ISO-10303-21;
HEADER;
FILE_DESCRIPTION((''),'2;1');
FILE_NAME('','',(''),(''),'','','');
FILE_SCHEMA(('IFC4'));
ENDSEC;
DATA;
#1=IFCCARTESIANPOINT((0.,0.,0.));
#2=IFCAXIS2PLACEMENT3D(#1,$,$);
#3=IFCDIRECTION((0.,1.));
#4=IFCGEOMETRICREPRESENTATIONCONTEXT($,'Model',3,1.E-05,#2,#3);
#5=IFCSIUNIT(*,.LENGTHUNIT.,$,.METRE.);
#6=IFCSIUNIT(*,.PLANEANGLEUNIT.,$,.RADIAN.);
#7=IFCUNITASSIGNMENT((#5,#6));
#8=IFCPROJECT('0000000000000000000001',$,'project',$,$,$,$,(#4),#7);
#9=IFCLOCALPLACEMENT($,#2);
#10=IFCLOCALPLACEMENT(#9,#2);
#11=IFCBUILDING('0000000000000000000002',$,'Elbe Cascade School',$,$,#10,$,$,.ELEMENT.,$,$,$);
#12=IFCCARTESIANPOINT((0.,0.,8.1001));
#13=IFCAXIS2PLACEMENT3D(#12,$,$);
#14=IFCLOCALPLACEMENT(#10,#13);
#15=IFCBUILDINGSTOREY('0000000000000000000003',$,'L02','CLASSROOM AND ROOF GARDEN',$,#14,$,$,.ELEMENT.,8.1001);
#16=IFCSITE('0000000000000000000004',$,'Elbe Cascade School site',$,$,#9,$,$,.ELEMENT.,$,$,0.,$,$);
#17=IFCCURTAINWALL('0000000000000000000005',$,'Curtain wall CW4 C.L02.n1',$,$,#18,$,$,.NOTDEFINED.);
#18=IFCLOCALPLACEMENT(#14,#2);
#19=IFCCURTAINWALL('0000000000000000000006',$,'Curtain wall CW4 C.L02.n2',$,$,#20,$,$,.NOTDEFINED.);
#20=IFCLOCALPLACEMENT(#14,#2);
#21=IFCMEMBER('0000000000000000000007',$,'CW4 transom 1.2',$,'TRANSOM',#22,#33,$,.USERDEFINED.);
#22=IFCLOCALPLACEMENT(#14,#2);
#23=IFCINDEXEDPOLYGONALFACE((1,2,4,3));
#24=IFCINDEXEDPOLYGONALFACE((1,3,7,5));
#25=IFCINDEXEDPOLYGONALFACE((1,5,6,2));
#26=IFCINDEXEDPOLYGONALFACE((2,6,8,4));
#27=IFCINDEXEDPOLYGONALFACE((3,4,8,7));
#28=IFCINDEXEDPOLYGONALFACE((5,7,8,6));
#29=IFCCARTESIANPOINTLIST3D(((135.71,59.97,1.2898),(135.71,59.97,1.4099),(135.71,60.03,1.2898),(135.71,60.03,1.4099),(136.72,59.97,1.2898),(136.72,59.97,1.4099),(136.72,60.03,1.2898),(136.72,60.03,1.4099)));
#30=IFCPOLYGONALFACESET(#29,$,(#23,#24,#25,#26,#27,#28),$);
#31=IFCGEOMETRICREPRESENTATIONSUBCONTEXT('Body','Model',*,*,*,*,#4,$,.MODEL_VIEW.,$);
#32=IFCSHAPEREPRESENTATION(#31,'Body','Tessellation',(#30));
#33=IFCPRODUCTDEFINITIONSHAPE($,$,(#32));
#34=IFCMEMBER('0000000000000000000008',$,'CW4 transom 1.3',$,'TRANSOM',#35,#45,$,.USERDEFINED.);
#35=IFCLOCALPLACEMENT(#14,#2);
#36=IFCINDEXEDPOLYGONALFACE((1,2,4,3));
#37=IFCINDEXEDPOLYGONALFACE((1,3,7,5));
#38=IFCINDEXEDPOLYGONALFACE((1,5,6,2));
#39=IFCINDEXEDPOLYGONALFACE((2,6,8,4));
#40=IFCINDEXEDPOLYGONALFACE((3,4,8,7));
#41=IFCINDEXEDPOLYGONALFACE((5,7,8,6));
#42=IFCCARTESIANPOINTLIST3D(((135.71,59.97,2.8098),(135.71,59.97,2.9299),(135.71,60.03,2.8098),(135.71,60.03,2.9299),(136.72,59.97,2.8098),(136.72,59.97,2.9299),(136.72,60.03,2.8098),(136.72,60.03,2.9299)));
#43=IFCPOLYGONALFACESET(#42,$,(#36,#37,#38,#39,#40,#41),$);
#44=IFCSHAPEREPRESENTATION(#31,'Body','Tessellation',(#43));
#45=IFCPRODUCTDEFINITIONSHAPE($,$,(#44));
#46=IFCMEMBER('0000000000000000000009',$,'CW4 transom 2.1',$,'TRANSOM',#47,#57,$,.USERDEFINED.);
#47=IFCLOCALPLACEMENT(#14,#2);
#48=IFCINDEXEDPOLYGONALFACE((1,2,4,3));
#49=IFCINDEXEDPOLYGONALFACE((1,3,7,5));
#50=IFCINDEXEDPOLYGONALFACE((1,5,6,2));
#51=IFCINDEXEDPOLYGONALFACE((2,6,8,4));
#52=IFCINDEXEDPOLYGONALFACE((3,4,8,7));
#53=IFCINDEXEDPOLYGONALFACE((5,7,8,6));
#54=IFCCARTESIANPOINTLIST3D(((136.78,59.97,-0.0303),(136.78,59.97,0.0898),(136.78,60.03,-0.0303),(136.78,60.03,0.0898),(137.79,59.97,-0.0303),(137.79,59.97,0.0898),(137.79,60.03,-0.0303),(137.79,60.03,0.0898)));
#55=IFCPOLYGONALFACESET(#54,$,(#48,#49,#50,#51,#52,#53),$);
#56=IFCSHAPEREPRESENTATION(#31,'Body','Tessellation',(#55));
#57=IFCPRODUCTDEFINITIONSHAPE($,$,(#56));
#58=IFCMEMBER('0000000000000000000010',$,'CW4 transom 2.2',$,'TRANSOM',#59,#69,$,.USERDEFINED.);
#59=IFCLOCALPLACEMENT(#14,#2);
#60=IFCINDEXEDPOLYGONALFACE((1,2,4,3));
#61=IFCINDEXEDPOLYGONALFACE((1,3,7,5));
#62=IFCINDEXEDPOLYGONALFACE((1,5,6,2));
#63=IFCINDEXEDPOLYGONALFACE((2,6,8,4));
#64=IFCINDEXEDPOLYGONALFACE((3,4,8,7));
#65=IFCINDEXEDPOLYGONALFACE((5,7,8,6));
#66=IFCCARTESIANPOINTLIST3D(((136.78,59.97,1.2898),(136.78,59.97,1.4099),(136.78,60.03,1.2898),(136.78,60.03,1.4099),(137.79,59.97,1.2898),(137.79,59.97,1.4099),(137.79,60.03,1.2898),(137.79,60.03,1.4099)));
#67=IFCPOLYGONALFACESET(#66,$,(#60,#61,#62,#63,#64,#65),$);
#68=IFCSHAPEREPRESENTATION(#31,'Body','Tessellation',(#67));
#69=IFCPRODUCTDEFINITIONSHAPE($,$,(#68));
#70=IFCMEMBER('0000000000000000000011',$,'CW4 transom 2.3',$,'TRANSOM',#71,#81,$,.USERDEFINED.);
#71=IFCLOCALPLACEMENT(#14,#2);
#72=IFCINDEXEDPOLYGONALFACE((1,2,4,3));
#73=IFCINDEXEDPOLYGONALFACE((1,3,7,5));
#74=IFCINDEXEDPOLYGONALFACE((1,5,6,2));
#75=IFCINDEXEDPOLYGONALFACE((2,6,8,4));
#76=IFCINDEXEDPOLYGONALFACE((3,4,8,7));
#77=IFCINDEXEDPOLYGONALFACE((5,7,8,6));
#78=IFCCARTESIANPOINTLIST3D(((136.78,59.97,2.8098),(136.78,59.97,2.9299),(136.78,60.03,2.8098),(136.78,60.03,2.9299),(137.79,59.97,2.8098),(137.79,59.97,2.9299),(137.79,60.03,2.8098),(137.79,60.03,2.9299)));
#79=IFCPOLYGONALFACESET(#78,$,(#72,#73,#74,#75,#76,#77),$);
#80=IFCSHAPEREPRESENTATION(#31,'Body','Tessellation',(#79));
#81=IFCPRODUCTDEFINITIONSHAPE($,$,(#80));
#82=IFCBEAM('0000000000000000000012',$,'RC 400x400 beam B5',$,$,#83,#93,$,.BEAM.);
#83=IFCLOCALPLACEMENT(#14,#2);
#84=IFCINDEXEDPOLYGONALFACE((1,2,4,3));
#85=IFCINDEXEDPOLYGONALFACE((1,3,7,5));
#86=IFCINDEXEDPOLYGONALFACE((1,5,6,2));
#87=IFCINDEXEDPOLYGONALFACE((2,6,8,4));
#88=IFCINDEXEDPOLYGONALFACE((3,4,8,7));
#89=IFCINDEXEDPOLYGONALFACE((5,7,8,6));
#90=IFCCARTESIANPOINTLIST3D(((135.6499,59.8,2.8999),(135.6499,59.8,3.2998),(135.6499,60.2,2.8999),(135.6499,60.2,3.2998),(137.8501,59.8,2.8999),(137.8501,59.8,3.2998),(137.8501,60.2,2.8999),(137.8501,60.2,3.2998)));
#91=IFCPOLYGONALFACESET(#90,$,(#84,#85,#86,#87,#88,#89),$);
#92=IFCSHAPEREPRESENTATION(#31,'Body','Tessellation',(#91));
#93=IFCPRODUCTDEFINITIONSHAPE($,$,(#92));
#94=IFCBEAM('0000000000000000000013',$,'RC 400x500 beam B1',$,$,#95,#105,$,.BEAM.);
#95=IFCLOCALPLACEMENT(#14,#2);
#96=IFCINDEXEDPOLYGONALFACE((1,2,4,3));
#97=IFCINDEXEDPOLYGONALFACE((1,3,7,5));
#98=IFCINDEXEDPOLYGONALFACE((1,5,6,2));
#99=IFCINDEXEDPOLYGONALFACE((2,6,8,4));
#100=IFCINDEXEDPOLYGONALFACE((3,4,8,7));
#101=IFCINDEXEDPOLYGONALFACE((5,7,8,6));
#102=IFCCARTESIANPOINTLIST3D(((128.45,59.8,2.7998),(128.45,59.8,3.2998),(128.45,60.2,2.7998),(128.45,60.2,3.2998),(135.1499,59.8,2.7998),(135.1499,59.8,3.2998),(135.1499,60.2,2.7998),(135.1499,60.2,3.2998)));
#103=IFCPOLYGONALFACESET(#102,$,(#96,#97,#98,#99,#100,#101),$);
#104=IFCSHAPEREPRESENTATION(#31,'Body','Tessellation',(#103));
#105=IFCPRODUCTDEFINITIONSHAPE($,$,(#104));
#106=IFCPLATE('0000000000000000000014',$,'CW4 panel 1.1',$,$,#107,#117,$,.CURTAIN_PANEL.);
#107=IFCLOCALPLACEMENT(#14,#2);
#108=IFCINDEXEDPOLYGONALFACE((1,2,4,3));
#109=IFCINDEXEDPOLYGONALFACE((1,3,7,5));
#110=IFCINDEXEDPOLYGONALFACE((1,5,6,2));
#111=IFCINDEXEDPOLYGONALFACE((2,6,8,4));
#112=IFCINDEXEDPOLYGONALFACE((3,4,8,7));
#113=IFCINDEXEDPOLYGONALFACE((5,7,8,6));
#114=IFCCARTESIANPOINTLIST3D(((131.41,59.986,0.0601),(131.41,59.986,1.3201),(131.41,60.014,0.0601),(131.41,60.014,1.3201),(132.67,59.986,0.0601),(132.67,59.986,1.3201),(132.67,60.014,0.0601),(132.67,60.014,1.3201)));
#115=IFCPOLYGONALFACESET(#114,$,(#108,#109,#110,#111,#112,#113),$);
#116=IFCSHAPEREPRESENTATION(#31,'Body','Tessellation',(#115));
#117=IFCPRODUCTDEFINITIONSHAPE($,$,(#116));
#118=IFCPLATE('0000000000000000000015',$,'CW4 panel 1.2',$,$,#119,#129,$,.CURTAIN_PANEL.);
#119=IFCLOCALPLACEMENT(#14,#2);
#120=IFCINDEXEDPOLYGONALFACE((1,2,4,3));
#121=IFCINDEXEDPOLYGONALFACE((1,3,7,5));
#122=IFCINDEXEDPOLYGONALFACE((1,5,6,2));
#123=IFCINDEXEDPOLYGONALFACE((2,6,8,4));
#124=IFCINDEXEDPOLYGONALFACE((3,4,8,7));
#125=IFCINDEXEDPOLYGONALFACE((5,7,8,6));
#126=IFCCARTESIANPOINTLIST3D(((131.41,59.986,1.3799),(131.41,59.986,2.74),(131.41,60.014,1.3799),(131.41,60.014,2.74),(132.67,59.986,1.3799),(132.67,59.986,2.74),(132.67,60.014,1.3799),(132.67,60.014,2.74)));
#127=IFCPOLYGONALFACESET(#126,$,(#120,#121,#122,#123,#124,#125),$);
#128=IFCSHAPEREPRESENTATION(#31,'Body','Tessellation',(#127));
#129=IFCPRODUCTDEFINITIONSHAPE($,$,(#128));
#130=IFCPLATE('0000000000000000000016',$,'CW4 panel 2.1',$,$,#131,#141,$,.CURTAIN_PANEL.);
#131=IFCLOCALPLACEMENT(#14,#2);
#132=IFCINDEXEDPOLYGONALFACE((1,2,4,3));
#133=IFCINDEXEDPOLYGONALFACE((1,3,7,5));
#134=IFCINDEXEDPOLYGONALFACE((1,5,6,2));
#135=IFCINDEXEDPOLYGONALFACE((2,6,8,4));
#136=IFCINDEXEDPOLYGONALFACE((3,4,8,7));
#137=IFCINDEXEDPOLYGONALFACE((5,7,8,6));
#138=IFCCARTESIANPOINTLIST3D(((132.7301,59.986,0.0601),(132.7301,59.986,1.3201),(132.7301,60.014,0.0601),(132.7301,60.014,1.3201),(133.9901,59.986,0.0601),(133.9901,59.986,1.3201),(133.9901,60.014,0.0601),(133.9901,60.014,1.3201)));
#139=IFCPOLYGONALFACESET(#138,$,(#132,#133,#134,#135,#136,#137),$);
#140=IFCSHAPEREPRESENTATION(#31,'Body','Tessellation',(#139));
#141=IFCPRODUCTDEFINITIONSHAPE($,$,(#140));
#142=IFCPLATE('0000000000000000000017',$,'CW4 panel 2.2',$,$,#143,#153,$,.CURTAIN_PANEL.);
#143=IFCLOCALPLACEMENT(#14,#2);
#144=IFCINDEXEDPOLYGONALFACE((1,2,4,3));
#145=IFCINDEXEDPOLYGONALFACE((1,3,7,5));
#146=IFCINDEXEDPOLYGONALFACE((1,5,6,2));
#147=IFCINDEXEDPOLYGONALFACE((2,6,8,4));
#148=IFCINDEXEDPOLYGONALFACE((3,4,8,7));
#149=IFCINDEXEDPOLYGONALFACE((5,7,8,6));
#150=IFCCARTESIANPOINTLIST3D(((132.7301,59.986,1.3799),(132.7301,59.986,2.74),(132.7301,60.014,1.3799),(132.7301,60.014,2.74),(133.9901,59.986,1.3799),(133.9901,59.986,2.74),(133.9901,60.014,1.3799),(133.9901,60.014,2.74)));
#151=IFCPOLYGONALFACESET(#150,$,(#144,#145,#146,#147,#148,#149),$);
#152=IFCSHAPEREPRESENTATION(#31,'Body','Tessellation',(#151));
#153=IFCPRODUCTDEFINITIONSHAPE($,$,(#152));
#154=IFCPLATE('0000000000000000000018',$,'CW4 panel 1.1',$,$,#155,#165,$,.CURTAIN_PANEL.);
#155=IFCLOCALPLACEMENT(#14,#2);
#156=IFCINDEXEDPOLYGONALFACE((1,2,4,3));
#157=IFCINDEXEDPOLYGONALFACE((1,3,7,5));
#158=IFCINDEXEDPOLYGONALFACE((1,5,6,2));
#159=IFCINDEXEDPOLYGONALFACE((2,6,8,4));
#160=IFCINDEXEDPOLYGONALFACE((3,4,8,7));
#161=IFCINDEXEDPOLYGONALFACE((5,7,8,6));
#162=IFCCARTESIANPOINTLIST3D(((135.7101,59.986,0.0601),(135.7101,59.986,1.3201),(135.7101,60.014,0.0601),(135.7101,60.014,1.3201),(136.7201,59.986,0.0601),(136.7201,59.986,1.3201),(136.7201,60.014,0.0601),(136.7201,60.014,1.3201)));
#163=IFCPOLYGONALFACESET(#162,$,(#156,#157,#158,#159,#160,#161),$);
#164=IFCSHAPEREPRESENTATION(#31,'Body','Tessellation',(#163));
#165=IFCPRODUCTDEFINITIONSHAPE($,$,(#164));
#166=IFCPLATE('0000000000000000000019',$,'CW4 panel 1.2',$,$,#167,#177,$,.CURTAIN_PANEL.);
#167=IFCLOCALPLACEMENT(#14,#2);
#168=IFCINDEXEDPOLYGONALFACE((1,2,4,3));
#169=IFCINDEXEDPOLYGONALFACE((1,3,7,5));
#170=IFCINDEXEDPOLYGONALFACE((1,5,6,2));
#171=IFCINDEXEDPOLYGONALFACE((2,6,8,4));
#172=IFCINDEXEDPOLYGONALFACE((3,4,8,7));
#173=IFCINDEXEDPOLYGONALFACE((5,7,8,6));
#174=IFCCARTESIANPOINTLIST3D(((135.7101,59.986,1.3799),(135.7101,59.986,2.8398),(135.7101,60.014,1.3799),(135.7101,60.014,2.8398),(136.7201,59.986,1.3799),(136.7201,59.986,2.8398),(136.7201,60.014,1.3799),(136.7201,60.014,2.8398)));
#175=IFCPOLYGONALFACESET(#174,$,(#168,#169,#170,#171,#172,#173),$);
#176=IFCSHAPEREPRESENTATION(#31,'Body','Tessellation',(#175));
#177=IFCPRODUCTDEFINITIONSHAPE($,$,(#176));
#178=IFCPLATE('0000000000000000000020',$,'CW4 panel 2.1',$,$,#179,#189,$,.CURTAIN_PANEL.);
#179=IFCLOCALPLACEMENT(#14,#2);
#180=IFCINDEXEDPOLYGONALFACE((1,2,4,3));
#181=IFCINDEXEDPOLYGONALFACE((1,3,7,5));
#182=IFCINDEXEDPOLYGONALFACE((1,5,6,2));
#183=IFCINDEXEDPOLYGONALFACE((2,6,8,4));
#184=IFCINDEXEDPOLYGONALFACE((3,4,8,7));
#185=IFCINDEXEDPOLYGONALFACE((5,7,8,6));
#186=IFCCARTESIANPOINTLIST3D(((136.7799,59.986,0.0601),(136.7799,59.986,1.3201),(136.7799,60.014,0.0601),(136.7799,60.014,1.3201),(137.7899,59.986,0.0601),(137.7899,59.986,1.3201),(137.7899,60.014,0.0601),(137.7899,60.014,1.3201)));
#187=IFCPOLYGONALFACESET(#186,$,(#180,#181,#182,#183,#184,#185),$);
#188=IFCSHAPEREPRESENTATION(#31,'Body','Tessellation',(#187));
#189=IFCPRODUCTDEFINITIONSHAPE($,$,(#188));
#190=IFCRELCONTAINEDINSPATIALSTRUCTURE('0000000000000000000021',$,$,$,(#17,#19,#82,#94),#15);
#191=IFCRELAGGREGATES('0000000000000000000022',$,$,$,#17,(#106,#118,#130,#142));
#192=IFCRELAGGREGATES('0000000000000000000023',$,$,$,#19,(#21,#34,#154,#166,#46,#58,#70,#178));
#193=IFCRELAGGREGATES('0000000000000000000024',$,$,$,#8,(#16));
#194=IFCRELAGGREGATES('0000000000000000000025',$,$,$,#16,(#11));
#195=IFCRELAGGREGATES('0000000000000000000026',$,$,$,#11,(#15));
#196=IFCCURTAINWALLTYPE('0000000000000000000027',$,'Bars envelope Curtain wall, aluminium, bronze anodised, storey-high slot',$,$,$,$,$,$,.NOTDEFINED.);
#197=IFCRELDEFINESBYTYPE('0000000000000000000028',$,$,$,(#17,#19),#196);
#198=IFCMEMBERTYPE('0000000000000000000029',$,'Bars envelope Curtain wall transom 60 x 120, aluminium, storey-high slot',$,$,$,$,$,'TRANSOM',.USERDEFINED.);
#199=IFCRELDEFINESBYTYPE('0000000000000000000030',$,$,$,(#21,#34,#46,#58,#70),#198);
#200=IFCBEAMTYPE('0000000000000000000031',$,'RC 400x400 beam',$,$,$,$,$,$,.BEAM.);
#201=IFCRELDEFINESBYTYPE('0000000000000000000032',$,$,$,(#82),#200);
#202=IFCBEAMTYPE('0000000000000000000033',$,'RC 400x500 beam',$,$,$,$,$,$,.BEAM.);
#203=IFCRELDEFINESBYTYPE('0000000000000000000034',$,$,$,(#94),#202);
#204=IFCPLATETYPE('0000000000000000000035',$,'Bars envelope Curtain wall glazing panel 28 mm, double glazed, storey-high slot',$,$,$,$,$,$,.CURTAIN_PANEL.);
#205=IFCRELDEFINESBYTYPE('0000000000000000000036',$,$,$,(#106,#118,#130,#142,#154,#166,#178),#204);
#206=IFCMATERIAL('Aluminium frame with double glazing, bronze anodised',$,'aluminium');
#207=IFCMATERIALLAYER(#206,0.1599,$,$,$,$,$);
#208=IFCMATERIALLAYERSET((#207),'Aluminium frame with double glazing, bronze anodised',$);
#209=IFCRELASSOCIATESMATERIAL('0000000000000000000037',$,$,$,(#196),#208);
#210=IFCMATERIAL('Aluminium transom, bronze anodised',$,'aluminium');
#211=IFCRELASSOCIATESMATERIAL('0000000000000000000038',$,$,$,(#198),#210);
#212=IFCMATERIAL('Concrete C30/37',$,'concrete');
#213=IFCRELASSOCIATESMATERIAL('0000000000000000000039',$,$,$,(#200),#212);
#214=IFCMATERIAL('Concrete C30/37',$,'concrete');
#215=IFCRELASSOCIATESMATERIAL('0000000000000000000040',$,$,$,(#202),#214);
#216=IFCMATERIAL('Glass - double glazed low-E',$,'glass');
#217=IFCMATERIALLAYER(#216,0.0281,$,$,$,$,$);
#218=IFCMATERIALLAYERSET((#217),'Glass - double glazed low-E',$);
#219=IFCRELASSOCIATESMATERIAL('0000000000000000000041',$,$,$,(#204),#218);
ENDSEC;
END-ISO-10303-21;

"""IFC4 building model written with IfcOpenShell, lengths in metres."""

from ifc_helpers import new_model, si_unit, direction, frame, origin, origin_2d, place, context, subcontext, project, spatial, rectangle, extrude, material, layer, layer_set, material_profile, profile_set, type_object, element, aggregate, save


model = new_model("IFC4")

# Units and contexts
model_context = context("Model", 3, precision=1e-05, world=origin(), true_north=direction((0.0, 1.0)))
body_context = subcontext(model_context, "Body", "Model", "MODEL_VIEW")
ifc_project = project(units=[si_unit("LENGTHUNIT", "METRE"), si_unit("PLANEANGLEUNIT", "RADIAN")], contexts=[model_context])

# Site, building, storey
site_placement = place(None, origin())
site = spatial("IfcSite", under=ifc_project, at=site_placement, Name="Elbe Cascade School site", CompositionType="ELEMENT", RefElevation=0.0)
building_placement = place(site_placement, origin())
building = spatial("IfcBuilding", under=site, at=building_placement, Name="Elbe Cascade School", CompositionType="ELEMENT")
storey_placement = place(building_placement, frame((0.0, 0.0, 8.1001)))
storey = spatial("IfcBuildingStorey", under=building, at=storey_placement, Name="L02", Description="CLASSROOM AND ROOF GARDEN", CompositionType="ELEMENT", Elevation=8.1001)

# Curtain walls
ifc_material_1 = material(Name="Aluminium frame with double glazing, bronze anodised", Category="aluminium")
ifc_layer_1 = layer(ifc_material_1, 0.1599)
ifc_layer_set_1 = layer_set([ifc_layer_1], Name="Aluminium frame with double glazing, bronze anodised")
curtain_wall_type = type_object("IfcCurtainWallType", Name="Bars envelope Curtain wall, aluminium, bronze anodised, storey-high slot", PredefinedType="NOTDEFINED", material=ifc_layer_set_1)
curtain_wall_1_placement = place(storey_placement, origin())
curtain_wall_1 = element("IfcCurtainWall", 1, at=curtain_wall_1_placement, inside=storey, type_object=curtain_wall_type, Name="Curtain wall CW4 C.L02.n1", PredefinedType="NOTDEFINED")
curtain_wall_2_placement = place(storey_placement, origin())
curtain_wall_2 = element("IfcCurtainWall", 2, at=curtain_wall_2_placement, inside=storey, type_object=curtain_wall_type, Name="Curtain wall CW4 C.L02.n2", PredefinedType="NOTDEFINED")

# Members
ifc_material_2 = material(Name="Aluminium transom, bronze anodised", Category="aluminium")
ifc_material_profile_1 = material_profile(ifc_material_2, rectangle(XDim=0.0601, YDim=0.1201, at=origin_2d()), Name="Bars envelope Curtain wall transom 60 x 120, aluminium, storey-high slot")
ifc_profile_set_1 = profile_set([ifc_material_profile_1], Name="Aluminium transom, bronze anodised")
member_type_1 = type_object("IfcMemberType", Name="Bars envelope Curtain wall transom 60 x 120, aluminium, storey-high slot", ElementType="TRANSOM", PredefinedType="USERDEFINED", material=ifc_profile_set_1)
member_1_placement = place(storey_placement, frame((135.71, 60.0, 1.3499), z_axis=(1.0, 0.0, 0.0), x_axis=(0.0, 1.0, 0.0)))
member_1 = element("IfcMember", 3, at=member_1_placement, type_object=member_type_1, Name="CW4 transom 1.2", ObjectType="TRANSOM", PredefinedType="USERDEFINED", context=body_context, shape_type="SweptSolid", body=[
    extrude(rectangle(XDim=0.0601, YDim=0.1201, at=origin_2d()), origin(), (0.0, 0.0, 1.0), 1.01),
])
member_2_placement = place(storey_placement, frame((135.71, 60.0, 2.8699), z_axis=(1.0, 0.0, 0.0), x_axis=(0.0, 1.0, 0.0)))
member_2 = element("IfcMember", 4, at=member_2_placement, type_object=member_type_1, Name="CW4 transom 1.3", ObjectType="TRANSOM", PredefinedType="USERDEFINED", context=body_context, shape_type="SweptSolid", body=[
    extrude(rectangle(XDim=0.0601, YDim=0.1201, at=origin_2d()), origin(), (0.0, 0.0, 1.0), 1.01),
])
member_3_placement = place(storey_placement, frame((136.78, 60.0, 0.0298), z_axis=(1.0, 0.0, 0.0), x_axis=(0.0, 1.0, 0.0)))
member_3 = element("IfcMember", 5, at=member_3_placement, type_object=member_type_1, Name="CW4 transom 2.1", ObjectType="TRANSOM", PredefinedType="USERDEFINED", context=body_context, shape_type="SweptSolid", body=[
    extrude(rectangle(XDim=0.0601, YDim=0.1201, at=origin_2d()), origin(), (0.0, 0.0, 1.0), 1.01),
])
member_4_placement = place(storey_placement, frame((136.78, 60.0, 1.3499), z_axis=(1.0, 0.0, 0.0), x_axis=(0.0, 1.0, 0.0)))
member_4 = element("IfcMember", 6, at=member_4_placement, type_object=member_type_1, Name="CW4 transom 2.2", ObjectType="TRANSOM", PredefinedType="USERDEFINED", context=body_context, shape_type="SweptSolid", body=[
    extrude(rectangle(XDim=0.0601, YDim=0.1201, at=origin_2d()), origin(), (0.0, 0.0, 1.0), 1.01),
])
member_5_placement = place(storey_placement, frame((136.78, 60.0, 2.8699), z_axis=(1.0, 0.0, 0.0), x_axis=(0.0, 1.0, 0.0)))
member_5 = element("IfcMember", 7, at=member_5_placement, type_object=member_type_1, Name="CW4 transom 2.3", ObjectType="TRANSOM", PredefinedType="USERDEFINED", context=body_context, shape_type="SweptSolid", body=[
    extrude(rectangle(XDim=0.0601, YDim=0.1201, at=origin_2d()), origin(), (0.0, 0.0, 1.0), 1.01),
])

# Beams
ifc_material_3 = material(Name="Concrete C30/37", Category="concrete")
ifc_material_profile_2 = material_profile(ifc_material_3, rectangle(XDim=0.3999, YDim=0.3999, at=origin_2d()), Name="RC 400x400")
ifc_profile_set_2 = profile_set([ifc_material_profile_2], Name="Concrete C30/37")
beam_type_1 = type_object("IfcBeamType", Name="RC 400x400 beam", PredefinedType="BEAM", material=ifc_profile_set_2)
beam_1_placement = place(storey_placement, frame((135.6499, 60.0, 3.0999), z_axis=(1.0, 0.0, 0.0), x_axis=(0.0, 1.0, 0.0)))
element("IfcBeam", 8, at=beam_1_placement, inside=storey, type_object=beam_type_1, Name="RC 400x400 beam B5", PredefinedType="BEAM", context=body_context, shape_type="SweptSolid", body=[
    extrude(rectangle(XDim=0.3999, YDim=0.3999, at=origin_2d()), origin(), (0.0, 0.0, 1.0), 2.2002),
])
ifc_material_4 = material(Name="Concrete C30/37", Category="concrete")
ifc_material_profile_3 = material_profile(ifc_material_4, rectangle(XDim=0.3999, YDim=0.5, at=origin_2d()), Name="RC 400x500")
ifc_profile_set_3 = profile_set([ifc_material_profile_3], Name="Concrete C30/37")
beam_type_2 = type_object("IfcBeamType", Name="RC 400x500 beam", PredefinedType="BEAM", material=ifc_profile_set_3)
beam_2_placement = place(storey_placement, frame((128.45, 60.0, 3.0498), z_axis=(1.0, 0.0, 0.0), x_axis=(0.0, 1.0, 0.0)))
element("IfcBeam", 9, at=beam_2_placement, inside=storey, type_object=beam_type_2, Name="RC 400x500 beam B1", PredefinedType="BEAM", context=body_context, shape_type="SweptSolid", body=[
    extrude(rectangle(XDim=0.3999, YDim=0.5, at=origin_2d()), origin(), (0.0, 0.0, 1.0), 6.7),
])

# Plates
ifc_material_5 = material(Name="Glass - double glazed low-E", Category="glass")
ifc_layer_2 = layer(ifc_material_5, 0.0281)
ifc_layer_set_2 = layer_set([ifc_layer_2], Name="Glass - double glazed low-E")
plate_type = type_object("IfcPlateType", Name="Bars envelope Curtain wall glazing panel 28 mm, double glazed, storey-high slot", PredefinedType="CURTAIN_PANEL", material=ifc_layer_set_2)
plate_1_placement = place(storey_placement, frame((132.04, 60.0, 0.0601), z_axis=(0.0, 0.0, 1.0), x_axis=(1.0, 0.0, 0.0)))
plate_1 = element("IfcPlate", 10, at=plate_1_placement, type_object=plate_type, Name="CW4 panel 1.1", PredefinedType="CURTAIN_PANEL", context=body_context, shape_type="SweptSolid", body=[
    extrude(rectangle(XDim=1.26, YDim=0.0281, at=origin_2d()), origin(), (0.0, 0.0, 1.0), 1.26),
])
plate_2_placement = place(storey_placement, frame((132.04, 60.0, 1.3799), z_axis=(0.0, 0.0, 1.0), x_axis=(1.0, 0.0, 0.0)))
plate_2 = element("IfcPlate", 11, at=plate_2_placement, type_object=plate_type, Name="CW4 panel 1.2", PredefinedType="CURTAIN_PANEL", context=body_context, shape_type="SweptSolid", body=[
    extrude(rectangle(XDim=1.26, YDim=0.0281, at=origin_2d()), origin(), (0.0, 0.0, 1.0), 1.3601),
])
plate_3_placement = place(storey_placement, frame((133.3601, 60.0, 0.0601), z_axis=(0.0, 0.0, 1.0), x_axis=(1.0, 0.0, 0.0)))
plate_3 = element("IfcPlate", 12, at=plate_3_placement, type_object=plate_type, Name="CW4 panel 2.1", PredefinedType="CURTAIN_PANEL", context=body_context, shape_type="SweptSolid", body=[
    extrude(rectangle(XDim=1.26, YDim=0.0281, at=origin_2d()), origin(), (0.0, 0.0, 1.0), 1.26),
])
plate_4_placement = place(storey_placement, frame((133.3601, 60.0, 1.3799), z_axis=(0.0, 0.0, 1.0), x_axis=(1.0, 0.0, 0.0)))
plate_4 = element("IfcPlate", 13, at=plate_4_placement, type_object=plate_type, Name="CW4 panel 2.2", PredefinedType="CURTAIN_PANEL", context=body_context, shape_type="SweptSolid", body=[
    extrude(rectangle(XDim=1.26, YDim=0.0281, at=origin_2d()), origin(), (0.0, 0.0, 1.0), 1.3601),
])
aggregate(curtain_wall_1, [plate_1, plate_2, plate_3, plate_4])
plate_5_placement = place(storey_placement, frame((136.2151, 60.0, 0.0601), z_axis=(0.0, 0.0, 1.0), x_axis=(1.0, 0.0, 0.0)))
plate_5 = element("IfcPlate", 14, at=plate_5_placement, type_object=plate_type, Name="CW4 panel 1.1", PredefinedType="CURTAIN_PANEL", context=body_context, shape_type="SweptSolid", body=[
    extrude(rectangle(XDim=1.01, YDim=0.0281, at=origin_2d()), origin(), (0.0, 0.0, 1.0), 1.26),
])
plate_6_placement = place(storey_placement, frame((136.2151, 60.0, 1.3799), z_axis=(0.0, 0.0, 1.0), x_axis=(1.0, 0.0, 0.0)))
plate_6 = element("IfcPlate", 15, at=plate_6_placement, type_object=plate_type, Name="CW4 panel 1.2", PredefinedType="CURTAIN_PANEL", context=body_context, shape_type="SweptSolid", body=[
    extrude(rectangle(XDim=1.01, YDim=0.0281, at=origin_2d()), origin(), (0.0, 0.0, 1.0), 1.46),
])
plate_7_placement = place(storey_placement, frame((137.2849, 60.0, 0.0601), z_axis=(0.0, 0.0, 1.0), x_axis=(1.0, 0.0, 0.0)))
plate_7 = element("IfcPlate", 16, at=plate_7_placement, type_object=plate_type, Name="CW4 panel 2.1", PredefinedType="CURTAIN_PANEL", context=body_context, shape_type="SweptSolid", body=[
    extrude(rectangle(XDim=1.01, YDim=0.0281, at=origin_2d()), origin(), (0.0, 0.0, 1.0), 1.26),
])
aggregate(curtain_wall_2, [member_1, member_2, plate_5, plate_6, member_3, member_4, member_5, plate_7])

save(model, "model.ifc")
